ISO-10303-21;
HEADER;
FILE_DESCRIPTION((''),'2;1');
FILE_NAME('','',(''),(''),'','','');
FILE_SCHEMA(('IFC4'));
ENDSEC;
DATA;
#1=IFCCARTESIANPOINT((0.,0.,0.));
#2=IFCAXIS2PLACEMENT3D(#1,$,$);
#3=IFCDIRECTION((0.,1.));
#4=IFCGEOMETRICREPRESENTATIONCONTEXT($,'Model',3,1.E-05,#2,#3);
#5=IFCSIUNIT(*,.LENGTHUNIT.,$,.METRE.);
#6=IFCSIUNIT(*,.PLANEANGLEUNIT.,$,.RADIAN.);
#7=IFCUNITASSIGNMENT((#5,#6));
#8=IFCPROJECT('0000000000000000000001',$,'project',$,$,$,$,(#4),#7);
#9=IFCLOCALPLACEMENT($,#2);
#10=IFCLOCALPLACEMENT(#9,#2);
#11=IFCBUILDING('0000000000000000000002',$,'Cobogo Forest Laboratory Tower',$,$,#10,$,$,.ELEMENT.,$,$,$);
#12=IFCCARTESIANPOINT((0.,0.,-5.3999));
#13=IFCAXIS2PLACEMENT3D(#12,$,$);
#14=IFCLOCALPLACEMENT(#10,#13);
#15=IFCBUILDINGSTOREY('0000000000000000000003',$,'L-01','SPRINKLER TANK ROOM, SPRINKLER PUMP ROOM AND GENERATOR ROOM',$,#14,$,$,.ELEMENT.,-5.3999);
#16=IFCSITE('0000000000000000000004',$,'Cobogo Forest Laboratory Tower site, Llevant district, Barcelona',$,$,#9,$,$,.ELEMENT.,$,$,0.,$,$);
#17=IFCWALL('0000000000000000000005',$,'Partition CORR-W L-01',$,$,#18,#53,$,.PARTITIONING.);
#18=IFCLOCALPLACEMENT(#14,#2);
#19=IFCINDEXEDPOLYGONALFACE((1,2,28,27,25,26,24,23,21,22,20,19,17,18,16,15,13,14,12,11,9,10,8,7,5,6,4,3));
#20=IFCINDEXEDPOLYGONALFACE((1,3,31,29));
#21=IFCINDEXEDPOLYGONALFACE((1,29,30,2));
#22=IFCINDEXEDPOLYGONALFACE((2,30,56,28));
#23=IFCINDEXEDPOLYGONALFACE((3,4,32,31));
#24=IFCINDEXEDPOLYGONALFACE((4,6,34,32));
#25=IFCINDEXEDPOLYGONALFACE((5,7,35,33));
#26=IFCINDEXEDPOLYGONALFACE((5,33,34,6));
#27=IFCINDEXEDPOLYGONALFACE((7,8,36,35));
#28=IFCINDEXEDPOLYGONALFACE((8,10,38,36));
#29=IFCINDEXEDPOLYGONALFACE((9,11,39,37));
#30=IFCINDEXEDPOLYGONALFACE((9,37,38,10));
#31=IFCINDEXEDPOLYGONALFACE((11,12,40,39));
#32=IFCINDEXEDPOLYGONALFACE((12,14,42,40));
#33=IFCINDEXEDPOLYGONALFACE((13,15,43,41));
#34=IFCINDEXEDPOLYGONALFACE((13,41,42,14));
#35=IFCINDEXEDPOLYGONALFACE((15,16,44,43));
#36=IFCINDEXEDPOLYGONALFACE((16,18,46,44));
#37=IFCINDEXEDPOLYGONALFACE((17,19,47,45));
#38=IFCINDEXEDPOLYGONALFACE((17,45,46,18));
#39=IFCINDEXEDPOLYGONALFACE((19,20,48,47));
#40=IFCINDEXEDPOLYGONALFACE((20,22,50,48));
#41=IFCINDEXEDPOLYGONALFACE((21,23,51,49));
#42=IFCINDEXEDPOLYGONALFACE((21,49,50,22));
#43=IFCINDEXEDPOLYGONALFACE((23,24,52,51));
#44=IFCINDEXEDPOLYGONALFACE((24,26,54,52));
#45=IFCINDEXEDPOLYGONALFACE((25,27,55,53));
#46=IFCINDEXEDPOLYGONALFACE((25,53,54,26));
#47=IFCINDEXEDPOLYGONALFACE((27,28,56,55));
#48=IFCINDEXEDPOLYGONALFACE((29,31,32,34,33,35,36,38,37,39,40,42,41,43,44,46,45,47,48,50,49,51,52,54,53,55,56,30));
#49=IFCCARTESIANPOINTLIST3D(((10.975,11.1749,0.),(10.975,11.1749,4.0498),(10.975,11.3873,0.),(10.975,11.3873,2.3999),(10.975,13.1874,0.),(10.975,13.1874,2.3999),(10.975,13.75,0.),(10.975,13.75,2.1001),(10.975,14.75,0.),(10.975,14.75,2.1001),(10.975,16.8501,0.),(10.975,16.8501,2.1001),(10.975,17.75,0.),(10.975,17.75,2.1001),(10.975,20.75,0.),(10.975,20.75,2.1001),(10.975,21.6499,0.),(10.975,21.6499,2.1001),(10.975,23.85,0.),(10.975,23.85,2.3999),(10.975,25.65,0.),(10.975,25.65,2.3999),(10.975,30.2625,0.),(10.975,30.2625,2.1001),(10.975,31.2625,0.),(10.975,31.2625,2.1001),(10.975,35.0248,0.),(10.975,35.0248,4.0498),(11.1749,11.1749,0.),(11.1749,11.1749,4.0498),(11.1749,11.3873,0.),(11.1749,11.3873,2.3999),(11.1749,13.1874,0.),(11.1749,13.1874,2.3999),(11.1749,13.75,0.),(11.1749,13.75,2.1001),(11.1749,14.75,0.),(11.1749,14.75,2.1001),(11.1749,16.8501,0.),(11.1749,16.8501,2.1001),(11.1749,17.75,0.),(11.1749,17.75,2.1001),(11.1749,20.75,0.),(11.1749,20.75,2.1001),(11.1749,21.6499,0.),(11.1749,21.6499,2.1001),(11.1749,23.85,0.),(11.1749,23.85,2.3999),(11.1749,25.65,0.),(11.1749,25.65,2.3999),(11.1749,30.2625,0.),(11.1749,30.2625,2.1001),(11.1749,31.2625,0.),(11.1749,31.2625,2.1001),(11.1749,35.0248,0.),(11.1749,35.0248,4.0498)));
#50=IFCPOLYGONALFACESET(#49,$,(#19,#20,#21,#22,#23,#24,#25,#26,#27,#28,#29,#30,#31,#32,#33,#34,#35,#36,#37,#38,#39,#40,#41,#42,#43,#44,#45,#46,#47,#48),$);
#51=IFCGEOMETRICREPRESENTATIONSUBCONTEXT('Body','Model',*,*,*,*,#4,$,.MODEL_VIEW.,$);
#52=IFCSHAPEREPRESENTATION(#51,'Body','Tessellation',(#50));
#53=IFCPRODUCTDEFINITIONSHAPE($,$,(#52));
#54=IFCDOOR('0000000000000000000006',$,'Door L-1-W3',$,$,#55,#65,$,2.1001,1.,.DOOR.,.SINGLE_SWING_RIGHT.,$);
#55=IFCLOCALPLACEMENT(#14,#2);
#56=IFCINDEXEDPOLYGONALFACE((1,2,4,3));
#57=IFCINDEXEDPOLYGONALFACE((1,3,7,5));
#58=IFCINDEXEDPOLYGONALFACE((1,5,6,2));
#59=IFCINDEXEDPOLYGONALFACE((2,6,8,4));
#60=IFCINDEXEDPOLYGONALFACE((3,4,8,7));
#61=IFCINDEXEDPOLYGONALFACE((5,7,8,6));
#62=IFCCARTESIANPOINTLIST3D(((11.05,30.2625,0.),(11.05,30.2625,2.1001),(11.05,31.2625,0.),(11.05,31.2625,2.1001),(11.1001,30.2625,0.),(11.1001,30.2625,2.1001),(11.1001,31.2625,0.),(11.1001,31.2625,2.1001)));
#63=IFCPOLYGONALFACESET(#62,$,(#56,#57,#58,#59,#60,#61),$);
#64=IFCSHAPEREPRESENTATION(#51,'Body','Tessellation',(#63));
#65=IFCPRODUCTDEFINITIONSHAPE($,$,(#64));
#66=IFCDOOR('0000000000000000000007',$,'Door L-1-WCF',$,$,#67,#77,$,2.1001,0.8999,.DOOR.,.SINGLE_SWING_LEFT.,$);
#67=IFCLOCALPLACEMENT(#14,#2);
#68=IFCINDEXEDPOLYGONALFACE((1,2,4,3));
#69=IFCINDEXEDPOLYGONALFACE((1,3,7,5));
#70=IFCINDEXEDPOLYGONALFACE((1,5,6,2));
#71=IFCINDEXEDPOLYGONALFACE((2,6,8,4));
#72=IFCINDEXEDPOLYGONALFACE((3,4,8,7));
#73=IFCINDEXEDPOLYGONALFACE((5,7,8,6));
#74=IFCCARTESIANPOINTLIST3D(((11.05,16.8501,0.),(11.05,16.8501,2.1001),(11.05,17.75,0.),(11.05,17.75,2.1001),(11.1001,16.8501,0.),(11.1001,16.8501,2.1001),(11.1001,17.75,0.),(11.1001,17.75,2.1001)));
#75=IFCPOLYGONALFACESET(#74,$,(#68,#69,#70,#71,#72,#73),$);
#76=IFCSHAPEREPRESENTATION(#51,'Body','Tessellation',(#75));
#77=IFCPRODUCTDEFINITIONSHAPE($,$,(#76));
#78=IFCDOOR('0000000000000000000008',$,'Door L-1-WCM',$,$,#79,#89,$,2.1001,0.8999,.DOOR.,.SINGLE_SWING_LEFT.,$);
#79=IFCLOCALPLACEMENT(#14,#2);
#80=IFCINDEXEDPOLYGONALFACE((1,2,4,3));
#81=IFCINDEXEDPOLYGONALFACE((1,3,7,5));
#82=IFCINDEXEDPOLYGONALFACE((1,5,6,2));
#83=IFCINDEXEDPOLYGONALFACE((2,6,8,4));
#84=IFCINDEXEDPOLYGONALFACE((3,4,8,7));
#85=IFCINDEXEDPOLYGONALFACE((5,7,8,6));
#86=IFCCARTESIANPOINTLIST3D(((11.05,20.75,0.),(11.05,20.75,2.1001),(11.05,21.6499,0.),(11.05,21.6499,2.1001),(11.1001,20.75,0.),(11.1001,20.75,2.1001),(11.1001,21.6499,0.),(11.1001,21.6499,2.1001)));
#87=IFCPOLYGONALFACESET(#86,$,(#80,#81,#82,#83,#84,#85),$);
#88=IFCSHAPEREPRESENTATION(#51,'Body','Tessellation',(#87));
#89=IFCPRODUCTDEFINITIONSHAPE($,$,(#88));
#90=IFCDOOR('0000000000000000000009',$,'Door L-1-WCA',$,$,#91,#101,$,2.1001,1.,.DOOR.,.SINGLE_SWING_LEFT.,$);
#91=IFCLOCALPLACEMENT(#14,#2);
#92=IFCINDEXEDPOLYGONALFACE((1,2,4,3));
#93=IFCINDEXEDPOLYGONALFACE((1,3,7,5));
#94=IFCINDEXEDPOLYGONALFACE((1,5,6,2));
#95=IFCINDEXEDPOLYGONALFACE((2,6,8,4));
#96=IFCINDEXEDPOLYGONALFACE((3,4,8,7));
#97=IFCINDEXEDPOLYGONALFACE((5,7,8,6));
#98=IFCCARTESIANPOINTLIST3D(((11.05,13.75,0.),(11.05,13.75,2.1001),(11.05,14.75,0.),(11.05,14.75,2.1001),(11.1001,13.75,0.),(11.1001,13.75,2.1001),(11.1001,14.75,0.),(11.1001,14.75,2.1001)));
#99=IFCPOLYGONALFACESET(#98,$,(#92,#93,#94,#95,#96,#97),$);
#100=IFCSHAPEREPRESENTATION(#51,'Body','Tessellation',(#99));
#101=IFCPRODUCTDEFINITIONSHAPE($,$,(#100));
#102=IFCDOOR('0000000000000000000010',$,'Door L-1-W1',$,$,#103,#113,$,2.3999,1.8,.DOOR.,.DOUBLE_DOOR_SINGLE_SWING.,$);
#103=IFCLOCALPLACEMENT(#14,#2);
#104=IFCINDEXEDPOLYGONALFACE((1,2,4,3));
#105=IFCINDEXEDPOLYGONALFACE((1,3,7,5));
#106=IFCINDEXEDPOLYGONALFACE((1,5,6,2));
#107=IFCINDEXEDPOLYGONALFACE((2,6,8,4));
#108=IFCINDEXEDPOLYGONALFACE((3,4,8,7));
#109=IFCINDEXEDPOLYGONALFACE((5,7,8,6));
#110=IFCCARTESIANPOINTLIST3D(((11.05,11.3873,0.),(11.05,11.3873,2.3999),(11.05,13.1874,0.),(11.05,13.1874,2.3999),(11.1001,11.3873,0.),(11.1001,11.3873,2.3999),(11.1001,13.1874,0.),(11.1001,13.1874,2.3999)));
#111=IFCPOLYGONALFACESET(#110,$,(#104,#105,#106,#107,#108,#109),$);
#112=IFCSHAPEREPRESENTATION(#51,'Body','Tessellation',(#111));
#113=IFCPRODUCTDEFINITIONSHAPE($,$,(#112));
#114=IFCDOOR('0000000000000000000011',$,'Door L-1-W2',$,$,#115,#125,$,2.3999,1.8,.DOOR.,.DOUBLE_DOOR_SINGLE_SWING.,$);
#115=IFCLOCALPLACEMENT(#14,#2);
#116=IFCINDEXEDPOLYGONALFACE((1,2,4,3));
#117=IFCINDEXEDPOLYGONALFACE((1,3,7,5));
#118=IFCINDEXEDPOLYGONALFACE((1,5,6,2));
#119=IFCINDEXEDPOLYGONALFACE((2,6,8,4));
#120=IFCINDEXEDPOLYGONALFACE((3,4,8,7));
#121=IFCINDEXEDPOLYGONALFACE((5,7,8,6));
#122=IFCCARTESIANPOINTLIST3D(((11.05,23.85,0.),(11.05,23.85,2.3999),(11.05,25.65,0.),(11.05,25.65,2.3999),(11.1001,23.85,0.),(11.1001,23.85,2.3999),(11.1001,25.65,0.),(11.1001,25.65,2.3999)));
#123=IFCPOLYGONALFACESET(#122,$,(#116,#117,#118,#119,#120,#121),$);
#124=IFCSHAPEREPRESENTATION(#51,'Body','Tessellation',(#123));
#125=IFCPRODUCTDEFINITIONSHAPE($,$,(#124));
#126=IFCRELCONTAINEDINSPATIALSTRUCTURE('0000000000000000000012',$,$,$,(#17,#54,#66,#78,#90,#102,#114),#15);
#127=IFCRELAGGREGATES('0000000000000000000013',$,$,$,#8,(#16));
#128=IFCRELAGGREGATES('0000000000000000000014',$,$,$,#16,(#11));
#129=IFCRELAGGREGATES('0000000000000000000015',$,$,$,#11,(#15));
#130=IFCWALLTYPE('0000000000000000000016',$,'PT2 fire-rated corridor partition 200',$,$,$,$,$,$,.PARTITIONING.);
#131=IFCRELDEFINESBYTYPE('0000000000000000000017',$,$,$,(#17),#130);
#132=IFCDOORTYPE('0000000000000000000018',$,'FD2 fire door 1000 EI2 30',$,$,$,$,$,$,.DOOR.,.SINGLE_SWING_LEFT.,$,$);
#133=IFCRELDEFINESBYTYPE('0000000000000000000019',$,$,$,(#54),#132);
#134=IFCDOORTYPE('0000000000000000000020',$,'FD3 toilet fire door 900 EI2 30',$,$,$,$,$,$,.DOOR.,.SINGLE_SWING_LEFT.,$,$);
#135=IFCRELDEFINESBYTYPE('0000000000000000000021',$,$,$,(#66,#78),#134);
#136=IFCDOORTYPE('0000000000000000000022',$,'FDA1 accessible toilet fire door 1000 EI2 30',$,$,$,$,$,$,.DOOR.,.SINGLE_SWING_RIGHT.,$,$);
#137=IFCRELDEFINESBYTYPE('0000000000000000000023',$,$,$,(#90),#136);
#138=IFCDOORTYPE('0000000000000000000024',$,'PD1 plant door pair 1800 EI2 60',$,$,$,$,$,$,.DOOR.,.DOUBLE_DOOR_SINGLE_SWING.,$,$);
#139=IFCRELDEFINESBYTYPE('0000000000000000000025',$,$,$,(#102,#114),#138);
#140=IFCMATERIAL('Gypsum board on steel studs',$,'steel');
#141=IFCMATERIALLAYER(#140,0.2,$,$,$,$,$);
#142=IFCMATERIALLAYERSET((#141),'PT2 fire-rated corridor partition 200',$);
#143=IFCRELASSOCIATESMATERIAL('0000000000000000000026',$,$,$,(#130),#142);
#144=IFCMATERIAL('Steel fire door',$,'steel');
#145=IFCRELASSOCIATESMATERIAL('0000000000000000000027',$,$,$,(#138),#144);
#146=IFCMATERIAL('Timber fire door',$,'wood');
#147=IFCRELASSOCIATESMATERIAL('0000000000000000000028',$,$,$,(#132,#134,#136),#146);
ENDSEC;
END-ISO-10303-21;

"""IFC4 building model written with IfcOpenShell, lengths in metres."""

from ifc_helpers import new_model, si_unit, direction, frame, frame_2d, origin, place, context, subcontext, project, spatial, rectangle, extrude, material, layer, layer_set, type_object, element, fill, save


model = new_model("IFC4")

# Units and contexts
model_context = context("Model", 3, precision=1e-05, world=origin(), true_north=direction((0.0, 1.0)))
body_context = subcontext(model_context, "Body", "Model", "MODEL_VIEW")
ifc_project = project(units=[si_unit("LENGTHUNIT", "METRE"), si_unit("PLANEANGLEUNIT", "RADIAN")], contexts=[model_context])

# Site, building, storey
site_placement = place(None, origin())
site = spatial("IfcSite", under=ifc_project, at=site_placement, Name="Cobogo Forest Laboratory Tower site, Llevant district, Barcelona", CompositionType="ELEMENT", RefElevation=0.0)
building_placement = place(site_placement, origin())
building = spatial("IfcBuilding", under=site, at=building_placement, Name="Cobogo Forest Laboratory Tower", CompositionType="ELEMENT")
storey_placement = place(building_placement, frame((0.0, 0.0, -5.3999)))
storey = spatial("IfcBuildingStorey", under=building, at=storey_placement, Name="L-01", Description="SPRINKLER TANK ROOM, SPRINKLER PUMP ROOM AND GENERATOR ROOM", CompositionType="ELEMENT", Elevation=-5.3999)

# Shared definitions
ifc_material_1 = material(Name="Gypsum board on steel studs", Category="steel")

# Wall, openings, doors
ifc_layer_1 = layer(ifc_material_1, 0.2)
ifc_layer_set_1 = layer_set([ifc_layer_1], Name="PT2 fire-rated corridor partition 200")
wall_type_1 = type_object("IfcWallType", Name="PT2 fire-rated corridor partition 200", PredefinedType="PARTITIONING", material=ifc_layer_set_1)
ifc_material_2 = material(Name="Steel fire door", Category="steel")
door_type_1 = type_object("IfcDoorType", Name="PD1 plant door pair 1800 EI2 60", OperationType="DOUBLE_DOOR_SINGLE_SWING", PredefinedType="DOOR", material=ifc_material_2)
wall_1_placement = place(storey_placement, frame((11.075, 11.175, 0.0), z_axis=(0.0, 0.0, 1.0), x_axis=(0.0, 1.0, 0.0)))
wall_1 = element("IfcWall", 1, at=wall_1_placement, inside=storey, type_object=wall_type_1, Name="Partition CORR-W L-01", PredefinedType="PARTITIONING", context=body_context, shape_type="SweptSolid", body=[
    extrude(rectangle(XDim=23.8499, YDim=0.2, at=frame_2d((11.9248, 0.0))), origin(), (0.0, 0.0, 1.0), 4.0498),
])
opening_1_placement = place(wall_1_placement, frame((0.2124, 0.0, 0.0)))
opening_1 = element("IfcOpeningElement", 2, at=opening_1_placement, cuts=wall_1, PredefinedType="OPENING", context=body_context, shape_type="SweptSolid", body=[
    extrude(rectangle(XDim=1.8, YDim=2.3999, at=frame_2d((0.8999, 1.2))), frame((0.0, 0.1099, 0.0), z_axis=(0.0, -1.0, 0.0), x_axis=(1.0, 0.0, 0.0)), (0.0, 0.0, 1.0), 0.22),
])
opening_2_placement = place(wall_1_placement, frame((2.575, 0.0, 0.0)))
opening_2 = element("IfcOpeningElement", 3, at=opening_2_placement, cuts=wall_1, PredefinedType="OPENING", context=body_context, shape_type="SweptSolid", body=[
    extrude(rectangle(XDim=1.0, YDim=2.1001, at=frame_2d((0.5, 1.05))), frame((0.0, 0.1099, 0.0), z_axis=(0.0, -1.0, 0.0), x_axis=(1.0, 0.0, 0.0)), (0.0, 0.0, 1.0), 0.22),
])
opening_3_placement = place(wall_1_placement, frame((5.675, 0.0, 0.0)))
opening_3 = element("IfcOpeningElement", 4, at=opening_3_placement, cuts=wall_1, PredefinedType="OPENING", context=body_context, shape_type="SweptSolid", body=[
    extrude(rectangle(XDim=0.8999, YDim=2.1001, at=frame_2d((0.45, 1.05))), frame((0.0, 0.1099, 0.0), z_axis=(0.0, -1.0, 0.0), x_axis=(1.0, 0.0, 0.0)), (0.0, 0.0, 1.0), 0.22),
])
opening_4_placement = place(wall_1_placement, frame((9.575, 0.0, 0.0)))
opening_4 = element("IfcOpeningElement", 5, at=opening_4_placement, cuts=wall_1, PredefinedType="OPENING", context=body_context, shape_type="SweptSolid", body=[
    extrude(rectangle(XDim=0.8999, YDim=2.1001, at=frame_2d((0.45, 1.05))), frame((0.0, 0.1099, 0.0), z_axis=(0.0, -1.0, 0.0), x_axis=(1.0, 0.0, 0.0)), (0.0, 0.0, 1.0), 0.22),
])
opening_5_placement = place(wall_1_placement, frame((12.675, 0.0, 0.0)))
opening_5 = element("IfcOpeningElement", 6, at=opening_5_placement, cuts=wall_1, PredefinedType="OPENING", context=body_context, shape_type="SweptSolid", body=[
    extrude(rectangle(XDim=1.8, YDim=2.3999, at=frame_2d((0.8999, 1.2))), frame((0.0, 0.1099, 0.0), z_axis=(0.0, -1.0, 0.0), x_axis=(1.0, 0.0, 0.0)), (0.0, 0.0, 1.0), 0.22),
])
opening_6_placement = place(wall_1_placement, frame((19.0874, 0.0, 0.0)))
opening_6 = element("IfcOpeningElement", 7, at=opening_6_placement, cuts=wall_1, PredefinedType="OPENING", context=body_context, shape_type="SweptSolid", body=[
    extrude(rectangle(XDim=1.0, YDim=2.1001, at=frame_2d((0.5, 1.05))), frame((0.0, 0.1099, 0.0), z_axis=(0.0, -1.0, 0.0), x_axis=(1.0, 0.0, 0.0)), (0.0, 0.0, 1.0), 0.22),
])
ifc_material_3 = material(Name="Timber fire door", Category="wood")
door_type_2 = type_object("IfcDoorType", Name="FD2 fire door 1000 EI2 30", OperationType="SINGLE_SWING_LEFT", PredefinedType="DOOR", material=ifc_material_3)
door_1_placement = place(opening_6_placement, origin())
door_1 = element("IfcDoor", 8, at=door_1_placement, inside=storey, type_object=door_type_2, Name="Door L-1-W3", OperationType="SINGLE_SWING_RIGHT", OverallHeight=2.1001, OverallWidth=1.0, PredefinedType="DOOR", context=body_context, shape_type="SweptSolid", body=[
    extrude(rectangle(XDim=1.0, YDim=2.1001, at=frame_2d((0.5, 1.05))), frame((0.0, 0.0249, 0.0), z_axis=(0.0, -1.0, 0.0), x_axis=(1.0, 0.0, 0.0)), (0.0, 0.0, 1.0), 0.05),
])
fill(opening_6, door_1)
door_type_3 = type_object("IfcDoorType", Name="FD3 toilet fire door 900 EI2 30", OperationType="SINGLE_SWING_LEFT", PredefinedType="DOOR", material=ifc_material_3)
door_2_placement = place(opening_3_placement, origin())
door_2 = element("IfcDoor", 9, at=door_2_placement, inside=storey, type_object=door_type_3, Name="Door L-1-WCF", OperationType="SINGLE_SWING_LEFT", OverallHeight=2.1001, OverallWidth=0.8999, PredefinedType="DOOR", context=body_context, shape_type="SweptSolid", body=[
    extrude(rectangle(XDim=0.8999, YDim=2.1001, at=frame_2d((0.45, 1.05))), frame((0.0, 0.0249, 0.0), z_axis=(0.0, -1.0, 0.0), x_axis=(1.0, 0.0, 0.0)), (0.0, 0.0, 1.0), 0.05),
])
fill(opening_3, door_2)
door_3_placement = place(opening_4_placement, origin())
door_3 = element("IfcDoor", 10, at=door_3_placement, inside=storey, type_object=door_type_3, Name="Door L-1-WCM", OperationType="SINGLE_SWING_LEFT", OverallHeight=2.1001, OverallWidth=0.8999, PredefinedType="DOOR", context=body_context, shape_type="SweptSolid", body=[
    extrude(rectangle(XDim=0.8999, YDim=2.1001, at=frame_2d((0.45, 1.05))), frame((0.0, 0.0249, 0.0), z_axis=(0.0, -1.0, 0.0), x_axis=(1.0, 0.0, 0.0)), (0.0, 0.0, 1.0), 0.05),
])
fill(opening_4, door_3)
door_type_4 = type_object("IfcDoorType", Name="FDA1 accessible toilet fire door 1000 EI2 30", OperationType="SINGLE_SWING_RIGHT", PredefinedType="DOOR", material=ifc_material_3)
door_4_placement = place(opening_2_placement, origin())
door_4 = element("IfcDoor", 11, at=door_4_placement, inside=storey, type_object=door_type_4, Name="Door L-1-WCA", OperationType="SINGLE_SWING_LEFT", OverallHeight=2.1001, OverallWidth=1.0, PredefinedType="DOOR", context=body_context, shape_type="SweptSolid", body=[
    extrude(rectangle(XDim=1.0, YDim=2.1001, at=frame_2d((0.5, 1.05))), frame((0.0, 0.0249, 0.0), z_axis=(0.0, -1.0, 0.0), x_axis=(1.0, 0.0, 0.0)), (0.0, 0.0, 1.0), 0.05),
])
fill(opening_2, door_4)
door_5_placement = place(opening_1_placement, origin())
door_5 = element("IfcDoor", 12, at=door_5_placement, inside=storey, type_object=door_type_1, Name="Door L-1-W1", OperationType="DOUBLE_DOOR_SINGLE_SWING", OverallHeight=2.3999, OverallWidth=1.8, PredefinedType="DOOR", context=body_context, shape_type="SweptSolid", body=[
    extrude(rectangle(XDim=1.8, YDim=2.3999, at=frame_2d((0.8999, 1.2))), frame((0.0, 0.0249, 0.0), z_axis=(0.0, -1.0, 0.0), x_axis=(1.0, 0.0, 0.0)), (0.0, 0.0, 1.0), 0.05),
])
fill(opening_1, door_5)
door_6_placement = place(opening_5_placement, origin())
door_6 = element("IfcDoor", 13, at=door_6_placement, inside=storey, type_object=door_type_1, Name="Door L-1-W2", OperationType="DOUBLE_DOOR_SINGLE_SWING", OverallHeight=2.3999, OverallWidth=1.8, PredefinedType="DOOR", context=body_context, shape_type="SweptSolid", body=[
    extrude(rectangle(XDim=1.8, YDim=2.3999, at=frame_2d((0.8999, 1.2))), frame((0.0, 0.0249, 0.0), z_axis=(0.0, -1.0, 0.0), x_axis=(1.0, 0.0, 0.0)), (0.0, 0.0, 1.0), 0.05),
])
fill(opening_5, door_6)

save(model, "model.ifc")
